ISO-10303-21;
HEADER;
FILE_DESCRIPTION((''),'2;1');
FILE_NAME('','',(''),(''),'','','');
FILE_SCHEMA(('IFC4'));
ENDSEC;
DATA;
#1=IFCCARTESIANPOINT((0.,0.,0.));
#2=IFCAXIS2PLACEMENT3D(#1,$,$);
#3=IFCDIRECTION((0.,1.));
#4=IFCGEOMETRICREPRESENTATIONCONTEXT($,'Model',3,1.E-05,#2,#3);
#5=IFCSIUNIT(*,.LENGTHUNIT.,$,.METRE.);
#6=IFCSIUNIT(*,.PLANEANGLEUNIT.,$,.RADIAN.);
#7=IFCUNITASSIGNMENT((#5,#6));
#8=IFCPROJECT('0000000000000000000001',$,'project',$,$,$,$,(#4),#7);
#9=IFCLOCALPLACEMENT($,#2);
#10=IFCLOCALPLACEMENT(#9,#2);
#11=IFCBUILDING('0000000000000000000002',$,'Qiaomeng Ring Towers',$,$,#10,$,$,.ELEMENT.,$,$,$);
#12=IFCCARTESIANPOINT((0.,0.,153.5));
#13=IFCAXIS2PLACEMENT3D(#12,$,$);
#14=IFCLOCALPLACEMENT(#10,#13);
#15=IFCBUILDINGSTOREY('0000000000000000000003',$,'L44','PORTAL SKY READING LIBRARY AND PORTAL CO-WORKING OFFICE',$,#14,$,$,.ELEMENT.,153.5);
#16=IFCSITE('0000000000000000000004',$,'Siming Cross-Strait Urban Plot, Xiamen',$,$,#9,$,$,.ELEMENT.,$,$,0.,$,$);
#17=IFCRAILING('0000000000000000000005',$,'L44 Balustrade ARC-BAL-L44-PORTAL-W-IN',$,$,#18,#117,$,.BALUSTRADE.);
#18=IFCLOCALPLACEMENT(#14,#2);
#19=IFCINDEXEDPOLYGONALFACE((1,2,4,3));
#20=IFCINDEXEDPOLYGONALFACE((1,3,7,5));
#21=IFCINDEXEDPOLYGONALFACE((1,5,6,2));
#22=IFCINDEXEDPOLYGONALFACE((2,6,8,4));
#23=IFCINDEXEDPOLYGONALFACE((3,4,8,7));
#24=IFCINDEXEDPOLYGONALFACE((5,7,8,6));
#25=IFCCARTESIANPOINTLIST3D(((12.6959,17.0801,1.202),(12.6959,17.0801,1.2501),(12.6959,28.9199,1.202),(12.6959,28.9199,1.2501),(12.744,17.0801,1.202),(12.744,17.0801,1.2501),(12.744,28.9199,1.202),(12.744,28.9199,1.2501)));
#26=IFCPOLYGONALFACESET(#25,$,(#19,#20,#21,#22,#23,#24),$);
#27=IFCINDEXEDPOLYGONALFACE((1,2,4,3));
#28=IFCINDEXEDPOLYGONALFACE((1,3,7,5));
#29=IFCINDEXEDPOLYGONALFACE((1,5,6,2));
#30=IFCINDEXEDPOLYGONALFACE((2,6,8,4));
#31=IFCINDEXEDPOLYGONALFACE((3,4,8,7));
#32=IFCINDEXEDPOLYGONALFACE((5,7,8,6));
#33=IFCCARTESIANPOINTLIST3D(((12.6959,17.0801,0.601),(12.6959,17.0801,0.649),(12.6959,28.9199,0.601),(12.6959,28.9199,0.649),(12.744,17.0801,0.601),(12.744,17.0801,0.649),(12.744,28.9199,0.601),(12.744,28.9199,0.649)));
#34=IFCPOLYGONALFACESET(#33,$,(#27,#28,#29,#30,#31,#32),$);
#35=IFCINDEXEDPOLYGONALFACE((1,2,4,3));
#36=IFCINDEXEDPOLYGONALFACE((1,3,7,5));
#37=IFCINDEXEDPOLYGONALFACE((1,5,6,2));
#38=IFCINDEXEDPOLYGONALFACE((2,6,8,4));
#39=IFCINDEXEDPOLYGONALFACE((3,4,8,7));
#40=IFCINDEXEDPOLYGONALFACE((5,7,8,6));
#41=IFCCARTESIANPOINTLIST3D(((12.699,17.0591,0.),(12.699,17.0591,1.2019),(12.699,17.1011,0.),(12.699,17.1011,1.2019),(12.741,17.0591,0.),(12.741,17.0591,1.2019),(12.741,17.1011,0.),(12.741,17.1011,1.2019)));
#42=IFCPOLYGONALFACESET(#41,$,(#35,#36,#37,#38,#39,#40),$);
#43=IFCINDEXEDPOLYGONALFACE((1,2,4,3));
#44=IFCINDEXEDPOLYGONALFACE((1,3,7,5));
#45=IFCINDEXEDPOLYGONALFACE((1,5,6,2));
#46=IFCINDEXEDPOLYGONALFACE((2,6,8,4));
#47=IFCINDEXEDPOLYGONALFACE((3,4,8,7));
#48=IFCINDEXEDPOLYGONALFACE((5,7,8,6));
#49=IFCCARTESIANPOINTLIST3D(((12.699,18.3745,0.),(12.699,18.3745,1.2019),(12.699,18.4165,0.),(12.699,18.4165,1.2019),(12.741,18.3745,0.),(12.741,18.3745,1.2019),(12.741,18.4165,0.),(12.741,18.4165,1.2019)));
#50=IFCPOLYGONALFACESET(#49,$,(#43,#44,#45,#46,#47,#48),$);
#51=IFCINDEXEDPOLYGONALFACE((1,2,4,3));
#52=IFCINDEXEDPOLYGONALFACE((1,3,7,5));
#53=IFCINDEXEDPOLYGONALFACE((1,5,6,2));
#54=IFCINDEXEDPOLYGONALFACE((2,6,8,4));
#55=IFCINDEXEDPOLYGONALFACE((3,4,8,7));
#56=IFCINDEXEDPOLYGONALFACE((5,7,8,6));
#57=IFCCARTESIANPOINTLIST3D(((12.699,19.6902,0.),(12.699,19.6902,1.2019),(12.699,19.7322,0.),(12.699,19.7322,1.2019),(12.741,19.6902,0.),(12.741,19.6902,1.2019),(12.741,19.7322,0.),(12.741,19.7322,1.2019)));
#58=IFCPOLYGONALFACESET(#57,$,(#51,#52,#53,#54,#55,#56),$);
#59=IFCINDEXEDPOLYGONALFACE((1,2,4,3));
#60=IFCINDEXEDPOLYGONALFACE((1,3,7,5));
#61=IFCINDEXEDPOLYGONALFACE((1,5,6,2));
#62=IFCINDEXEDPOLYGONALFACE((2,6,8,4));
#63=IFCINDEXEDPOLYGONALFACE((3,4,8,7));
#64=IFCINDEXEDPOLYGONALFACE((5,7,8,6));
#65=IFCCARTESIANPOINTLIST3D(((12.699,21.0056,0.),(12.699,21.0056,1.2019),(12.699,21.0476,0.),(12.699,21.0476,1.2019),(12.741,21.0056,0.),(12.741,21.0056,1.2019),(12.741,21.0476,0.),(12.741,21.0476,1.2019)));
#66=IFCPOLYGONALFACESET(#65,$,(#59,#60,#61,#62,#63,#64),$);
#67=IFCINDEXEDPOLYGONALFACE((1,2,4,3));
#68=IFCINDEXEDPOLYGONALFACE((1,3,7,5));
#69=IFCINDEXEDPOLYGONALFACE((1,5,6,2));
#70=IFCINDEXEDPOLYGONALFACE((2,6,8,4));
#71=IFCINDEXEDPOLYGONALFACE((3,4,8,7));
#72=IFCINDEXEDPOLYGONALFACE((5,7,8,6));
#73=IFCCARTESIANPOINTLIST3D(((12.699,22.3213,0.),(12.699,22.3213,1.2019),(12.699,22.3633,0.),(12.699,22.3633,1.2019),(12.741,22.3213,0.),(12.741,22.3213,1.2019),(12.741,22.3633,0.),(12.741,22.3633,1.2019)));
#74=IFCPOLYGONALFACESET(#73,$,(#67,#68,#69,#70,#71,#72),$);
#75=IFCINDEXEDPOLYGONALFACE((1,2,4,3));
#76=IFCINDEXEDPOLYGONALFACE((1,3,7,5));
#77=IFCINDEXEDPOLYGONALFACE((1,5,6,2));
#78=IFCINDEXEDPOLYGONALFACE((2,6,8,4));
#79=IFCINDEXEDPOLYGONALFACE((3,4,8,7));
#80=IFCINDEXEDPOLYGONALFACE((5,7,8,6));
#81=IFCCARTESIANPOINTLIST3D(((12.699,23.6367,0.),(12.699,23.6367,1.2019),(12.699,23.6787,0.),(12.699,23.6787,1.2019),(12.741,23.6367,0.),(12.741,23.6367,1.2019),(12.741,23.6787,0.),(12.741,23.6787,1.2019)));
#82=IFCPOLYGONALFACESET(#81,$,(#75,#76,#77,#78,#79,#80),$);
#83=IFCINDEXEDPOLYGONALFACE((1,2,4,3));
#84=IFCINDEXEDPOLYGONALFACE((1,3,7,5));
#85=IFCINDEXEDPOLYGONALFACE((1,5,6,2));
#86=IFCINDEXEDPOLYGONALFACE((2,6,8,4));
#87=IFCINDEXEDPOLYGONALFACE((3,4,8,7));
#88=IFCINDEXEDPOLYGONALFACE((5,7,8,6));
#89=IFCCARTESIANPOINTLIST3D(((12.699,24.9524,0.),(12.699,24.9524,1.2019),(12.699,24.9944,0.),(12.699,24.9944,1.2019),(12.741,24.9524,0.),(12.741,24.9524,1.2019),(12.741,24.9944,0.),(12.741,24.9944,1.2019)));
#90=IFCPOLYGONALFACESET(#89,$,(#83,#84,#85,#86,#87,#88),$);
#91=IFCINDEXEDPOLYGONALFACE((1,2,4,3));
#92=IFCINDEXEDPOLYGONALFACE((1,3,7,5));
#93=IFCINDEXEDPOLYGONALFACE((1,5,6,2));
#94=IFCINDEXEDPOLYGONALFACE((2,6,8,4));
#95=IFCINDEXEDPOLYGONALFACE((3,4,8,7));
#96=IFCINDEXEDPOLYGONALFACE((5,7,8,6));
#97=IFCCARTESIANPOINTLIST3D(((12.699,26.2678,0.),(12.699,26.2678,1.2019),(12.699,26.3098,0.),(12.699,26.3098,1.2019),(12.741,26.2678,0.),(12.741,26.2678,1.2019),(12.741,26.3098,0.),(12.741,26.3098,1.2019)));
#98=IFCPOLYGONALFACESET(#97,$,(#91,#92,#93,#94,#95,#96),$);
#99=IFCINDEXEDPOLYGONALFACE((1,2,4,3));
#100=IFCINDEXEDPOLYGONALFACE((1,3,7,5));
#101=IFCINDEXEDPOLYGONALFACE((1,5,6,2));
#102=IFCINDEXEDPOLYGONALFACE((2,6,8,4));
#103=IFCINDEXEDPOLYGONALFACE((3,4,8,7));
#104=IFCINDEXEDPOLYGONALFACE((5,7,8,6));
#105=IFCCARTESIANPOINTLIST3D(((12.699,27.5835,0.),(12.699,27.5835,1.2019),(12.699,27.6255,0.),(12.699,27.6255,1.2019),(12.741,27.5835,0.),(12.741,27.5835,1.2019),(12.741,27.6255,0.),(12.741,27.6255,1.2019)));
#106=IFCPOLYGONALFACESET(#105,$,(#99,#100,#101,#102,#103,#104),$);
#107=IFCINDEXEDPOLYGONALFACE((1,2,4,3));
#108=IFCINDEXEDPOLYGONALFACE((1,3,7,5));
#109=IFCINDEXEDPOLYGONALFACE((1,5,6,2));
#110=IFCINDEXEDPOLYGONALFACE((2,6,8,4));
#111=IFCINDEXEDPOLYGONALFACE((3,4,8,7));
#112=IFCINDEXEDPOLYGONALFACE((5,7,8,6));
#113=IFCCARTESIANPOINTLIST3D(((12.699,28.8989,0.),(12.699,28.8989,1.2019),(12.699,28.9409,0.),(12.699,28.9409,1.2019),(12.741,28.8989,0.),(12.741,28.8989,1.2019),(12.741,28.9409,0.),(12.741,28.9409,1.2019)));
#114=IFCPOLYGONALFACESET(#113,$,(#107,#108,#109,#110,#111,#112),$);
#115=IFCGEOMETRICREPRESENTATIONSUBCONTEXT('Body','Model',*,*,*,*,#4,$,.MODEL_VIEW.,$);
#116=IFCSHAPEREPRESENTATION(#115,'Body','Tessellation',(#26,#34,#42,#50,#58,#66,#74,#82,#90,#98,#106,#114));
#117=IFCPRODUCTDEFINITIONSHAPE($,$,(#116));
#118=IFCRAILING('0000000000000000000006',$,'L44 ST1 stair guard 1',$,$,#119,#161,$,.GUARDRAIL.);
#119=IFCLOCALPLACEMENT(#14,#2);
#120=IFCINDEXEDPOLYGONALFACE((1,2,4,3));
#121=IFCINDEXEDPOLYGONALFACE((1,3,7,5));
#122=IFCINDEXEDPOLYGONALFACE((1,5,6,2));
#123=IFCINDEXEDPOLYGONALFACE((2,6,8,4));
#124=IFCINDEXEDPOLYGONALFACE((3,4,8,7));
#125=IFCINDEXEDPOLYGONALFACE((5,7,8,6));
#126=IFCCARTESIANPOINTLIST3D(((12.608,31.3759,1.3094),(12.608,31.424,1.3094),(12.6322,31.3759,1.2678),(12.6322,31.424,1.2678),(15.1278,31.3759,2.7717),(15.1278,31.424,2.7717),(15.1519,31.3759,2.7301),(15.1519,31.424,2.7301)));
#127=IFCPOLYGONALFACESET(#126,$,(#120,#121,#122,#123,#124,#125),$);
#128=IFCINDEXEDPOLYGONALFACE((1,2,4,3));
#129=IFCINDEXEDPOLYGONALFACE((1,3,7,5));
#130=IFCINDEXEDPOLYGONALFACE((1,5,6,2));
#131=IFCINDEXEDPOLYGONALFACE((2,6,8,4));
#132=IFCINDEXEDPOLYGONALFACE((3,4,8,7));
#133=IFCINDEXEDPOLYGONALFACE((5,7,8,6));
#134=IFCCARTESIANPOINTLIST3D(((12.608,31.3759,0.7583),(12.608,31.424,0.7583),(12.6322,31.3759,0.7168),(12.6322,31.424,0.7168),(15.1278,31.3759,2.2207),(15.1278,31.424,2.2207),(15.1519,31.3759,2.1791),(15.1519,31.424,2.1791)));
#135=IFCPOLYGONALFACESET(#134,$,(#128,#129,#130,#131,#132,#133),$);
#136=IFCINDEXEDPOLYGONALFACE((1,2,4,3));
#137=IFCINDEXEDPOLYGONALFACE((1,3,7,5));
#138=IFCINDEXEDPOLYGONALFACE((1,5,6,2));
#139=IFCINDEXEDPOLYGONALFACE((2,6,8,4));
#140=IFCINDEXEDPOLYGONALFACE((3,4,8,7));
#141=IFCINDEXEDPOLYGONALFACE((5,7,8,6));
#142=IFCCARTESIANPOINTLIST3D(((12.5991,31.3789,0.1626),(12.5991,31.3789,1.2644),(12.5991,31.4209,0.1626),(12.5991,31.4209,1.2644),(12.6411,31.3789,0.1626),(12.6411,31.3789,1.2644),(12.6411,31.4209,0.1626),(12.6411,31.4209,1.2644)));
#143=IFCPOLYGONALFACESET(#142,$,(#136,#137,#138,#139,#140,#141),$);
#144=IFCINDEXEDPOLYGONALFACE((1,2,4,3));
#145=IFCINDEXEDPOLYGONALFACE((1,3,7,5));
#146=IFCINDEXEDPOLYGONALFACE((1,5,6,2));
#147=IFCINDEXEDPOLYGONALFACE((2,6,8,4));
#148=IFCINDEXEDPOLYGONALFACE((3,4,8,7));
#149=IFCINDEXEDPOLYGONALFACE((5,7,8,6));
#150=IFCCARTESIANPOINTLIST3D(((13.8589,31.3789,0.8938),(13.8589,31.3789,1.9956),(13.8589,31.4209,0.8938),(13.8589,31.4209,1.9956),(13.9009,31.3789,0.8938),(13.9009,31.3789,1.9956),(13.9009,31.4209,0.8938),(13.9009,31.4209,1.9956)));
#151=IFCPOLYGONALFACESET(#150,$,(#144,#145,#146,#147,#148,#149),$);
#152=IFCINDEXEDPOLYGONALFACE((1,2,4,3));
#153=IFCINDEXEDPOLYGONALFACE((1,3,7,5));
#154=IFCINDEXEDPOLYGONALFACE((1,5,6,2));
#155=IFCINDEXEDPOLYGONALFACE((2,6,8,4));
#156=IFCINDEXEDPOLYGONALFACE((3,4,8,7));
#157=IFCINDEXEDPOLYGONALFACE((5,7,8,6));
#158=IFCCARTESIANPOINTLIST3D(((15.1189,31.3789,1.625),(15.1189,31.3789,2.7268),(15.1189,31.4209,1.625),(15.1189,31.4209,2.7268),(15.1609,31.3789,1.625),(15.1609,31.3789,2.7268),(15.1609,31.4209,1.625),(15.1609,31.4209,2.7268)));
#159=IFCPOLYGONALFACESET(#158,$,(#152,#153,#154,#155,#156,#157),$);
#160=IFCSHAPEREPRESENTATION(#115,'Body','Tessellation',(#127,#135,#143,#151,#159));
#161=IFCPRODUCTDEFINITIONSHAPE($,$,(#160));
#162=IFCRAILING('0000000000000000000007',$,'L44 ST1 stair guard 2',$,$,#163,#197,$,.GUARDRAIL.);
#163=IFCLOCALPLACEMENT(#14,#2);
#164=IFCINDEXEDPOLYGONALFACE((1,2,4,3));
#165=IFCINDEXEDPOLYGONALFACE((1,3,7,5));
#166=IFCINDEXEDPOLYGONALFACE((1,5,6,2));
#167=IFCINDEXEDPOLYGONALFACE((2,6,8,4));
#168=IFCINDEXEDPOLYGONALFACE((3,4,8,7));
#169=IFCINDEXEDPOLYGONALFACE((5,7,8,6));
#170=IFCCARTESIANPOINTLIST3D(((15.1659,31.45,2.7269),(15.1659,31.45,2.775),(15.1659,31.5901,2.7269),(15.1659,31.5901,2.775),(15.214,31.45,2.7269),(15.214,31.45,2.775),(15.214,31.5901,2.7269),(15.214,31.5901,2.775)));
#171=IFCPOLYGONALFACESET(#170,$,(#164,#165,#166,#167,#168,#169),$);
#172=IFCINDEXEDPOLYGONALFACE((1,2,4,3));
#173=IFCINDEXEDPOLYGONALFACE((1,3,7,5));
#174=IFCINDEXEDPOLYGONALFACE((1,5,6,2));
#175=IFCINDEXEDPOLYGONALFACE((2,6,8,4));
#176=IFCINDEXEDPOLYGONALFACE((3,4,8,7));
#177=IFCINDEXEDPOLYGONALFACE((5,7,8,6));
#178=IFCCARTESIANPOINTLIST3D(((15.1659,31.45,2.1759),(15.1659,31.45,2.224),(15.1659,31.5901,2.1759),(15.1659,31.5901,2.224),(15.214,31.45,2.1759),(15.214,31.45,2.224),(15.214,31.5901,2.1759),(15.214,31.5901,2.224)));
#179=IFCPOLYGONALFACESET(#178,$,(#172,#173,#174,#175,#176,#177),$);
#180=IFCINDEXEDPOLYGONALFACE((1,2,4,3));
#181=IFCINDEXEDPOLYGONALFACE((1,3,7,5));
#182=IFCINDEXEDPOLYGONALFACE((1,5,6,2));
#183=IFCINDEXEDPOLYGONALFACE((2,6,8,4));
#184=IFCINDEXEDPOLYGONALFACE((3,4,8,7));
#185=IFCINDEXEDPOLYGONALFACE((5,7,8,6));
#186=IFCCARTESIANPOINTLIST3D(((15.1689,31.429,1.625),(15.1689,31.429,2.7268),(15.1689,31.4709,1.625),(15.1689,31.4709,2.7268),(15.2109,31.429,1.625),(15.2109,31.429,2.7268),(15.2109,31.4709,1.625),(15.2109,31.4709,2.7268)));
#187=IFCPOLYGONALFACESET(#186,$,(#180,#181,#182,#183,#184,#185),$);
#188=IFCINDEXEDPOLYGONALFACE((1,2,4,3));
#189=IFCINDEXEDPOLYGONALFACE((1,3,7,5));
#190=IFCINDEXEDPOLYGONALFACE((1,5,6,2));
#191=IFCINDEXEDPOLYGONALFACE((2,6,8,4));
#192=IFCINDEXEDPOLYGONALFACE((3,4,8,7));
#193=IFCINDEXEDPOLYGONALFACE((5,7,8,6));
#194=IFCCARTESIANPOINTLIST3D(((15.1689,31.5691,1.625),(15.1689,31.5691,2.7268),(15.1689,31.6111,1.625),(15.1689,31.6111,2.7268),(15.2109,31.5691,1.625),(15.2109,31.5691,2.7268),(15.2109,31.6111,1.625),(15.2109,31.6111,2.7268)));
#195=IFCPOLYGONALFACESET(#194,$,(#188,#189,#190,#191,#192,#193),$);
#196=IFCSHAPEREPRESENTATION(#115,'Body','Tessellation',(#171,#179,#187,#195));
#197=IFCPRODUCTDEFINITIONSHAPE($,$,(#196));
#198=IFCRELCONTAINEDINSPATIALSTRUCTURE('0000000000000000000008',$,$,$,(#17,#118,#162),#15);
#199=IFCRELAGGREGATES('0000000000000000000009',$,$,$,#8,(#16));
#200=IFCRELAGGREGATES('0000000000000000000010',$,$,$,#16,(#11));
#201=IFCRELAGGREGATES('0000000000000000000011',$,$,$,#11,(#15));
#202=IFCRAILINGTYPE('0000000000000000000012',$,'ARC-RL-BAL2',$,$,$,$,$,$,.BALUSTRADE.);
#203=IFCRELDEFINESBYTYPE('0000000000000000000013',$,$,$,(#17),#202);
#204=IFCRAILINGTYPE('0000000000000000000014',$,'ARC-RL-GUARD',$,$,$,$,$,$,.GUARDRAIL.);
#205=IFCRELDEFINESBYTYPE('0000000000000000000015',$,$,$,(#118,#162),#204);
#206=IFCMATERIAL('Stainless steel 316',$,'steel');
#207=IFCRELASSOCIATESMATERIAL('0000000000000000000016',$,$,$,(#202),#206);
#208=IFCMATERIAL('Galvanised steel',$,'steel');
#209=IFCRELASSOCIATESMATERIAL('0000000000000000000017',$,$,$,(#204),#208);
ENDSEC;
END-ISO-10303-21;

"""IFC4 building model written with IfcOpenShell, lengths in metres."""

from ifc_helpers import new_model, si_unit, direction, frame, origin, origin_2d, place, context, subcontext, project, spatial, rectangle, extrude, material, type_object, element, save


model = new_model("IFC4")

# Units and contexts
model_context = context("Model", 3, precision=1e-05, world=origin(), true_north=direction((0.0, 1.0)))
body_context = subcontext(model_context, "Body", "Model", "MODEL_VIEW")
ifc_project = project(units=[si_unit("LENGTHUNIT", "METRE"), si_unit("PLANEANGLEUNIT", "RADIAN")], contexts=[model_context])

# Site, building, storey
site_placement = place(None, origin())
site = spatial("IfcSite", under=ifc_project, at=site_placement, Name="Siming Cross-Strait Urban Plot, Xiamen", CompositionType="ELEMENT", RefElevation=0.0)
building_placement = place(site_placement, origin())
building = spatial("IfcBuilding", under=site, at=building_placement, Name="Qiaomeng Ring Towers", CompositionType="ELEMENT")
storey_placement = place(building_placement, frame((0.0, 0.0, 153.5)))
storey = spatial("IfcBuildingStorey", under=building, at=storey_placement, Name="L44", Description="PORTAL SKY READING LIBRARY AND PORTAL CO-WORKING OFFICE", CompositionType="ELEMENT", Elevation=153.5)

# Railings
ifc_material_1 = material(Name="Stainless steel 316", Category="steel")
railing_type_1 = type_object("IfcRailingType", Name="ARC-RL-BAL2", PredefinedType="BALUSTRADE", material=ifc_material_1)
railing_1_placement = place(storey_placement, frame((12.72, 17.0801, 0.0)))
element("IfcRailing", 1, at=railing_1_placement, inside=storey, type_object=railing_type_1, Name="L44 Balustrade ARC-BAL-L44-PORTAL-W-IN", PredefinedType="BALUSTRADE", context=body_context, shape_type="SweptSolid", body=[
    extrude(rectangle(XDim=0.0481, YDim=0.0481, at=origin_2d()), frame((0.0, 0.0, 1.2261), z_axis=(0.0, 1.0, 0.0), x_axis=(-1.0, 0.0, 0.0)), (0.0, 0.0, 1.0), 11.8398),
    extrude(rectangle(XDim=0.0481, YDim=0.0481, at=origin_2d()), frame((0.0, 0.0, 0.625), z_axis=(0.0, 1.0, 0.0), x_axis=(-1.0, 0.0, 0.0)), (0.0, 0.0, 1.0), 11.8398),
    extrude(rectangle(XDim=0.042, YDim=0.042, at=origin_2d()), origin(), (0.0, 0.0, 1.0), 1.2019),
    extrude(rectangle(XDim=0.042, YDim=0.042, at=origin_2d()), frame((0.0, 1.3154, 0.0)), (0.0, 0.0, 1.0), 1.2019),
    extrude(rectangle(XDim=0.042, YDim=0.042, at=origin_2d()), frame((0.0, 2.6311, 0.0)), (0.0, 0.0, 1.0), 1.2019),
    extrude(rectangle(XDim=0.042, YDim=0.042, at=origin_2d()), frame((0.0, 3.9465, 0.0)), (0.0, 0.0, 1.0), 1.2019),
    extrude(rectangle(XDim=0.042, YDim=0.042, at=origin_2d()), frame((0.0, 5.2622, 0.0)), (0.0, 0.0, 1.0), 1.2019),
    extrude(rectangle(XDim=0.042, YDim=0.042, at=origin_2d()), frame((0.0, 6.5776, 0.0)), (0.0, 0.0, 1.0), 1.2019),
    extrude(rectangle(XDim=0.042, YDim=0.042, at=origin_2d()), frame((0.0, 7.8933, 0.0)), (0.0, 0.0, 1.0), 1.2019),
    extrude(rectangle(XDim=0.042, YDim=0.042, at=origin_2d()), frame((0.0, 9.2087, 0.0)), (0.0, 0.0, 1.0), 1.2019),
    extrude(rectangle(XDim=0.042, YDim=0.042, at=origin_2d()), frame((0.0, 10.5244, 0.0)), (0.0, 0.0, 1.0), 1.2019),
    extrude(rectangle(XDim=0.042, YDim=0.042, at=origin_2d()), frame((0.0, 11.8398, 0.0)), (0.0, 0.0, 1.0), 1.2019),
])
ifc_material_2 = material(Name="Galvanised steel", Category="steel")
railing_type_2 = type_object("IfcRailingType", Name="ARC-RL-GUARD", PredefinedType="GUARDRAIL", material=ifc_material_2)
railing_2_placement = place(storey_placement, frame((12.6201, 31.3999, 0.1626)))
element("IfcRailing", 2, at=railing_2_placement, inside=storey, type_object=railing_type_2, Name="L44 ST1 stair guard 1", PredefinedType="GUARDRAIL", context=body_context, shape_type="SweptSolid", body=[
    extrude(rectangle(XDim=0.0481, YDim=0.0481, at=origin_2d()), frame((0.0, 0.0, 1.126), z_axis=(0.864892, 0.0, 0.501958), x_axis=(0.0, 1.0, 0.0)), (0.0, 0.0, 1.0), 2.9133),
    extrude(rectangle(XDim=0.0481, YDim=0.0481, at=origin_2d()), frame((0.0, 0.0, 0.575), z_axis=(0.864892, 0.0, 0.501958), x_axis=(0.0, 1.0, 0.0)), (0.0, 0.0, 1.0), 2.9133),
    extrude(rectangle(XDim=0.042, YDim=0.042, at=origin_2d()), origin(), (0.0, 0.0, 1.0), 1.1018),
    extrude(rectangle(XDim=0.042, YDim=0.042, at=origin_2d()), frame((1.2598, 0.0, 0.7312)), (0.0, 0.0, 1.0), 1.1018),
    extrude(rectangle(XDim=0.042, YDim=0.042, at=origin_2d()), frame((2.5198, 0.0, 1.4624)), (0.0, 0.0, 1.0), 1.1018),
])
railing_3_placement = place(storey_placement, frame((15.1899, 31.45, 1.625)))
element("IfcRailing", 3, at=railing_3_placement, inside=storey, type_object=railing_type_2, Name="L44 ST1 stair guard 2", PredefinedType="GUARDRAIL", context=body_context, shape_type="SweptSolid", body=[
    extrude(rectangle(XDim=0.0481, YDim=0.0481, at=origin_2d()), frame((0.0, 0.0, 1.126), z_axis=(0.0, 1.0, 0.0), x_axis=(-1.0, 0.0, 0.0)), (0.0, 0.0, 1.0), 0.1401),
    extrude(rectangle(XDim=0.0481, YDim=0.0481, at=origin_2d()), frame((0.0, 0.0, 0.575), z_axis=(0.0, 1.0, 0.0), x_axis=(-1.0, 0.0, 0.0)), (0.0, 0.0, 1.0), 0.1401),
    extrude(rectangle(XDim=0.042, YDim=0.042, at=origin_2d()), origin(), (0.0, 0.0, 1.0), 1.1018),
    extrude(rectangle(XDim=0.042, YDim=0.042, at=origin_2d()), frame((0.0, 0.1401, 0.0)), (0.0, 0.0, 1.0), 1.1018),
])

save(model, "model.ifc")
